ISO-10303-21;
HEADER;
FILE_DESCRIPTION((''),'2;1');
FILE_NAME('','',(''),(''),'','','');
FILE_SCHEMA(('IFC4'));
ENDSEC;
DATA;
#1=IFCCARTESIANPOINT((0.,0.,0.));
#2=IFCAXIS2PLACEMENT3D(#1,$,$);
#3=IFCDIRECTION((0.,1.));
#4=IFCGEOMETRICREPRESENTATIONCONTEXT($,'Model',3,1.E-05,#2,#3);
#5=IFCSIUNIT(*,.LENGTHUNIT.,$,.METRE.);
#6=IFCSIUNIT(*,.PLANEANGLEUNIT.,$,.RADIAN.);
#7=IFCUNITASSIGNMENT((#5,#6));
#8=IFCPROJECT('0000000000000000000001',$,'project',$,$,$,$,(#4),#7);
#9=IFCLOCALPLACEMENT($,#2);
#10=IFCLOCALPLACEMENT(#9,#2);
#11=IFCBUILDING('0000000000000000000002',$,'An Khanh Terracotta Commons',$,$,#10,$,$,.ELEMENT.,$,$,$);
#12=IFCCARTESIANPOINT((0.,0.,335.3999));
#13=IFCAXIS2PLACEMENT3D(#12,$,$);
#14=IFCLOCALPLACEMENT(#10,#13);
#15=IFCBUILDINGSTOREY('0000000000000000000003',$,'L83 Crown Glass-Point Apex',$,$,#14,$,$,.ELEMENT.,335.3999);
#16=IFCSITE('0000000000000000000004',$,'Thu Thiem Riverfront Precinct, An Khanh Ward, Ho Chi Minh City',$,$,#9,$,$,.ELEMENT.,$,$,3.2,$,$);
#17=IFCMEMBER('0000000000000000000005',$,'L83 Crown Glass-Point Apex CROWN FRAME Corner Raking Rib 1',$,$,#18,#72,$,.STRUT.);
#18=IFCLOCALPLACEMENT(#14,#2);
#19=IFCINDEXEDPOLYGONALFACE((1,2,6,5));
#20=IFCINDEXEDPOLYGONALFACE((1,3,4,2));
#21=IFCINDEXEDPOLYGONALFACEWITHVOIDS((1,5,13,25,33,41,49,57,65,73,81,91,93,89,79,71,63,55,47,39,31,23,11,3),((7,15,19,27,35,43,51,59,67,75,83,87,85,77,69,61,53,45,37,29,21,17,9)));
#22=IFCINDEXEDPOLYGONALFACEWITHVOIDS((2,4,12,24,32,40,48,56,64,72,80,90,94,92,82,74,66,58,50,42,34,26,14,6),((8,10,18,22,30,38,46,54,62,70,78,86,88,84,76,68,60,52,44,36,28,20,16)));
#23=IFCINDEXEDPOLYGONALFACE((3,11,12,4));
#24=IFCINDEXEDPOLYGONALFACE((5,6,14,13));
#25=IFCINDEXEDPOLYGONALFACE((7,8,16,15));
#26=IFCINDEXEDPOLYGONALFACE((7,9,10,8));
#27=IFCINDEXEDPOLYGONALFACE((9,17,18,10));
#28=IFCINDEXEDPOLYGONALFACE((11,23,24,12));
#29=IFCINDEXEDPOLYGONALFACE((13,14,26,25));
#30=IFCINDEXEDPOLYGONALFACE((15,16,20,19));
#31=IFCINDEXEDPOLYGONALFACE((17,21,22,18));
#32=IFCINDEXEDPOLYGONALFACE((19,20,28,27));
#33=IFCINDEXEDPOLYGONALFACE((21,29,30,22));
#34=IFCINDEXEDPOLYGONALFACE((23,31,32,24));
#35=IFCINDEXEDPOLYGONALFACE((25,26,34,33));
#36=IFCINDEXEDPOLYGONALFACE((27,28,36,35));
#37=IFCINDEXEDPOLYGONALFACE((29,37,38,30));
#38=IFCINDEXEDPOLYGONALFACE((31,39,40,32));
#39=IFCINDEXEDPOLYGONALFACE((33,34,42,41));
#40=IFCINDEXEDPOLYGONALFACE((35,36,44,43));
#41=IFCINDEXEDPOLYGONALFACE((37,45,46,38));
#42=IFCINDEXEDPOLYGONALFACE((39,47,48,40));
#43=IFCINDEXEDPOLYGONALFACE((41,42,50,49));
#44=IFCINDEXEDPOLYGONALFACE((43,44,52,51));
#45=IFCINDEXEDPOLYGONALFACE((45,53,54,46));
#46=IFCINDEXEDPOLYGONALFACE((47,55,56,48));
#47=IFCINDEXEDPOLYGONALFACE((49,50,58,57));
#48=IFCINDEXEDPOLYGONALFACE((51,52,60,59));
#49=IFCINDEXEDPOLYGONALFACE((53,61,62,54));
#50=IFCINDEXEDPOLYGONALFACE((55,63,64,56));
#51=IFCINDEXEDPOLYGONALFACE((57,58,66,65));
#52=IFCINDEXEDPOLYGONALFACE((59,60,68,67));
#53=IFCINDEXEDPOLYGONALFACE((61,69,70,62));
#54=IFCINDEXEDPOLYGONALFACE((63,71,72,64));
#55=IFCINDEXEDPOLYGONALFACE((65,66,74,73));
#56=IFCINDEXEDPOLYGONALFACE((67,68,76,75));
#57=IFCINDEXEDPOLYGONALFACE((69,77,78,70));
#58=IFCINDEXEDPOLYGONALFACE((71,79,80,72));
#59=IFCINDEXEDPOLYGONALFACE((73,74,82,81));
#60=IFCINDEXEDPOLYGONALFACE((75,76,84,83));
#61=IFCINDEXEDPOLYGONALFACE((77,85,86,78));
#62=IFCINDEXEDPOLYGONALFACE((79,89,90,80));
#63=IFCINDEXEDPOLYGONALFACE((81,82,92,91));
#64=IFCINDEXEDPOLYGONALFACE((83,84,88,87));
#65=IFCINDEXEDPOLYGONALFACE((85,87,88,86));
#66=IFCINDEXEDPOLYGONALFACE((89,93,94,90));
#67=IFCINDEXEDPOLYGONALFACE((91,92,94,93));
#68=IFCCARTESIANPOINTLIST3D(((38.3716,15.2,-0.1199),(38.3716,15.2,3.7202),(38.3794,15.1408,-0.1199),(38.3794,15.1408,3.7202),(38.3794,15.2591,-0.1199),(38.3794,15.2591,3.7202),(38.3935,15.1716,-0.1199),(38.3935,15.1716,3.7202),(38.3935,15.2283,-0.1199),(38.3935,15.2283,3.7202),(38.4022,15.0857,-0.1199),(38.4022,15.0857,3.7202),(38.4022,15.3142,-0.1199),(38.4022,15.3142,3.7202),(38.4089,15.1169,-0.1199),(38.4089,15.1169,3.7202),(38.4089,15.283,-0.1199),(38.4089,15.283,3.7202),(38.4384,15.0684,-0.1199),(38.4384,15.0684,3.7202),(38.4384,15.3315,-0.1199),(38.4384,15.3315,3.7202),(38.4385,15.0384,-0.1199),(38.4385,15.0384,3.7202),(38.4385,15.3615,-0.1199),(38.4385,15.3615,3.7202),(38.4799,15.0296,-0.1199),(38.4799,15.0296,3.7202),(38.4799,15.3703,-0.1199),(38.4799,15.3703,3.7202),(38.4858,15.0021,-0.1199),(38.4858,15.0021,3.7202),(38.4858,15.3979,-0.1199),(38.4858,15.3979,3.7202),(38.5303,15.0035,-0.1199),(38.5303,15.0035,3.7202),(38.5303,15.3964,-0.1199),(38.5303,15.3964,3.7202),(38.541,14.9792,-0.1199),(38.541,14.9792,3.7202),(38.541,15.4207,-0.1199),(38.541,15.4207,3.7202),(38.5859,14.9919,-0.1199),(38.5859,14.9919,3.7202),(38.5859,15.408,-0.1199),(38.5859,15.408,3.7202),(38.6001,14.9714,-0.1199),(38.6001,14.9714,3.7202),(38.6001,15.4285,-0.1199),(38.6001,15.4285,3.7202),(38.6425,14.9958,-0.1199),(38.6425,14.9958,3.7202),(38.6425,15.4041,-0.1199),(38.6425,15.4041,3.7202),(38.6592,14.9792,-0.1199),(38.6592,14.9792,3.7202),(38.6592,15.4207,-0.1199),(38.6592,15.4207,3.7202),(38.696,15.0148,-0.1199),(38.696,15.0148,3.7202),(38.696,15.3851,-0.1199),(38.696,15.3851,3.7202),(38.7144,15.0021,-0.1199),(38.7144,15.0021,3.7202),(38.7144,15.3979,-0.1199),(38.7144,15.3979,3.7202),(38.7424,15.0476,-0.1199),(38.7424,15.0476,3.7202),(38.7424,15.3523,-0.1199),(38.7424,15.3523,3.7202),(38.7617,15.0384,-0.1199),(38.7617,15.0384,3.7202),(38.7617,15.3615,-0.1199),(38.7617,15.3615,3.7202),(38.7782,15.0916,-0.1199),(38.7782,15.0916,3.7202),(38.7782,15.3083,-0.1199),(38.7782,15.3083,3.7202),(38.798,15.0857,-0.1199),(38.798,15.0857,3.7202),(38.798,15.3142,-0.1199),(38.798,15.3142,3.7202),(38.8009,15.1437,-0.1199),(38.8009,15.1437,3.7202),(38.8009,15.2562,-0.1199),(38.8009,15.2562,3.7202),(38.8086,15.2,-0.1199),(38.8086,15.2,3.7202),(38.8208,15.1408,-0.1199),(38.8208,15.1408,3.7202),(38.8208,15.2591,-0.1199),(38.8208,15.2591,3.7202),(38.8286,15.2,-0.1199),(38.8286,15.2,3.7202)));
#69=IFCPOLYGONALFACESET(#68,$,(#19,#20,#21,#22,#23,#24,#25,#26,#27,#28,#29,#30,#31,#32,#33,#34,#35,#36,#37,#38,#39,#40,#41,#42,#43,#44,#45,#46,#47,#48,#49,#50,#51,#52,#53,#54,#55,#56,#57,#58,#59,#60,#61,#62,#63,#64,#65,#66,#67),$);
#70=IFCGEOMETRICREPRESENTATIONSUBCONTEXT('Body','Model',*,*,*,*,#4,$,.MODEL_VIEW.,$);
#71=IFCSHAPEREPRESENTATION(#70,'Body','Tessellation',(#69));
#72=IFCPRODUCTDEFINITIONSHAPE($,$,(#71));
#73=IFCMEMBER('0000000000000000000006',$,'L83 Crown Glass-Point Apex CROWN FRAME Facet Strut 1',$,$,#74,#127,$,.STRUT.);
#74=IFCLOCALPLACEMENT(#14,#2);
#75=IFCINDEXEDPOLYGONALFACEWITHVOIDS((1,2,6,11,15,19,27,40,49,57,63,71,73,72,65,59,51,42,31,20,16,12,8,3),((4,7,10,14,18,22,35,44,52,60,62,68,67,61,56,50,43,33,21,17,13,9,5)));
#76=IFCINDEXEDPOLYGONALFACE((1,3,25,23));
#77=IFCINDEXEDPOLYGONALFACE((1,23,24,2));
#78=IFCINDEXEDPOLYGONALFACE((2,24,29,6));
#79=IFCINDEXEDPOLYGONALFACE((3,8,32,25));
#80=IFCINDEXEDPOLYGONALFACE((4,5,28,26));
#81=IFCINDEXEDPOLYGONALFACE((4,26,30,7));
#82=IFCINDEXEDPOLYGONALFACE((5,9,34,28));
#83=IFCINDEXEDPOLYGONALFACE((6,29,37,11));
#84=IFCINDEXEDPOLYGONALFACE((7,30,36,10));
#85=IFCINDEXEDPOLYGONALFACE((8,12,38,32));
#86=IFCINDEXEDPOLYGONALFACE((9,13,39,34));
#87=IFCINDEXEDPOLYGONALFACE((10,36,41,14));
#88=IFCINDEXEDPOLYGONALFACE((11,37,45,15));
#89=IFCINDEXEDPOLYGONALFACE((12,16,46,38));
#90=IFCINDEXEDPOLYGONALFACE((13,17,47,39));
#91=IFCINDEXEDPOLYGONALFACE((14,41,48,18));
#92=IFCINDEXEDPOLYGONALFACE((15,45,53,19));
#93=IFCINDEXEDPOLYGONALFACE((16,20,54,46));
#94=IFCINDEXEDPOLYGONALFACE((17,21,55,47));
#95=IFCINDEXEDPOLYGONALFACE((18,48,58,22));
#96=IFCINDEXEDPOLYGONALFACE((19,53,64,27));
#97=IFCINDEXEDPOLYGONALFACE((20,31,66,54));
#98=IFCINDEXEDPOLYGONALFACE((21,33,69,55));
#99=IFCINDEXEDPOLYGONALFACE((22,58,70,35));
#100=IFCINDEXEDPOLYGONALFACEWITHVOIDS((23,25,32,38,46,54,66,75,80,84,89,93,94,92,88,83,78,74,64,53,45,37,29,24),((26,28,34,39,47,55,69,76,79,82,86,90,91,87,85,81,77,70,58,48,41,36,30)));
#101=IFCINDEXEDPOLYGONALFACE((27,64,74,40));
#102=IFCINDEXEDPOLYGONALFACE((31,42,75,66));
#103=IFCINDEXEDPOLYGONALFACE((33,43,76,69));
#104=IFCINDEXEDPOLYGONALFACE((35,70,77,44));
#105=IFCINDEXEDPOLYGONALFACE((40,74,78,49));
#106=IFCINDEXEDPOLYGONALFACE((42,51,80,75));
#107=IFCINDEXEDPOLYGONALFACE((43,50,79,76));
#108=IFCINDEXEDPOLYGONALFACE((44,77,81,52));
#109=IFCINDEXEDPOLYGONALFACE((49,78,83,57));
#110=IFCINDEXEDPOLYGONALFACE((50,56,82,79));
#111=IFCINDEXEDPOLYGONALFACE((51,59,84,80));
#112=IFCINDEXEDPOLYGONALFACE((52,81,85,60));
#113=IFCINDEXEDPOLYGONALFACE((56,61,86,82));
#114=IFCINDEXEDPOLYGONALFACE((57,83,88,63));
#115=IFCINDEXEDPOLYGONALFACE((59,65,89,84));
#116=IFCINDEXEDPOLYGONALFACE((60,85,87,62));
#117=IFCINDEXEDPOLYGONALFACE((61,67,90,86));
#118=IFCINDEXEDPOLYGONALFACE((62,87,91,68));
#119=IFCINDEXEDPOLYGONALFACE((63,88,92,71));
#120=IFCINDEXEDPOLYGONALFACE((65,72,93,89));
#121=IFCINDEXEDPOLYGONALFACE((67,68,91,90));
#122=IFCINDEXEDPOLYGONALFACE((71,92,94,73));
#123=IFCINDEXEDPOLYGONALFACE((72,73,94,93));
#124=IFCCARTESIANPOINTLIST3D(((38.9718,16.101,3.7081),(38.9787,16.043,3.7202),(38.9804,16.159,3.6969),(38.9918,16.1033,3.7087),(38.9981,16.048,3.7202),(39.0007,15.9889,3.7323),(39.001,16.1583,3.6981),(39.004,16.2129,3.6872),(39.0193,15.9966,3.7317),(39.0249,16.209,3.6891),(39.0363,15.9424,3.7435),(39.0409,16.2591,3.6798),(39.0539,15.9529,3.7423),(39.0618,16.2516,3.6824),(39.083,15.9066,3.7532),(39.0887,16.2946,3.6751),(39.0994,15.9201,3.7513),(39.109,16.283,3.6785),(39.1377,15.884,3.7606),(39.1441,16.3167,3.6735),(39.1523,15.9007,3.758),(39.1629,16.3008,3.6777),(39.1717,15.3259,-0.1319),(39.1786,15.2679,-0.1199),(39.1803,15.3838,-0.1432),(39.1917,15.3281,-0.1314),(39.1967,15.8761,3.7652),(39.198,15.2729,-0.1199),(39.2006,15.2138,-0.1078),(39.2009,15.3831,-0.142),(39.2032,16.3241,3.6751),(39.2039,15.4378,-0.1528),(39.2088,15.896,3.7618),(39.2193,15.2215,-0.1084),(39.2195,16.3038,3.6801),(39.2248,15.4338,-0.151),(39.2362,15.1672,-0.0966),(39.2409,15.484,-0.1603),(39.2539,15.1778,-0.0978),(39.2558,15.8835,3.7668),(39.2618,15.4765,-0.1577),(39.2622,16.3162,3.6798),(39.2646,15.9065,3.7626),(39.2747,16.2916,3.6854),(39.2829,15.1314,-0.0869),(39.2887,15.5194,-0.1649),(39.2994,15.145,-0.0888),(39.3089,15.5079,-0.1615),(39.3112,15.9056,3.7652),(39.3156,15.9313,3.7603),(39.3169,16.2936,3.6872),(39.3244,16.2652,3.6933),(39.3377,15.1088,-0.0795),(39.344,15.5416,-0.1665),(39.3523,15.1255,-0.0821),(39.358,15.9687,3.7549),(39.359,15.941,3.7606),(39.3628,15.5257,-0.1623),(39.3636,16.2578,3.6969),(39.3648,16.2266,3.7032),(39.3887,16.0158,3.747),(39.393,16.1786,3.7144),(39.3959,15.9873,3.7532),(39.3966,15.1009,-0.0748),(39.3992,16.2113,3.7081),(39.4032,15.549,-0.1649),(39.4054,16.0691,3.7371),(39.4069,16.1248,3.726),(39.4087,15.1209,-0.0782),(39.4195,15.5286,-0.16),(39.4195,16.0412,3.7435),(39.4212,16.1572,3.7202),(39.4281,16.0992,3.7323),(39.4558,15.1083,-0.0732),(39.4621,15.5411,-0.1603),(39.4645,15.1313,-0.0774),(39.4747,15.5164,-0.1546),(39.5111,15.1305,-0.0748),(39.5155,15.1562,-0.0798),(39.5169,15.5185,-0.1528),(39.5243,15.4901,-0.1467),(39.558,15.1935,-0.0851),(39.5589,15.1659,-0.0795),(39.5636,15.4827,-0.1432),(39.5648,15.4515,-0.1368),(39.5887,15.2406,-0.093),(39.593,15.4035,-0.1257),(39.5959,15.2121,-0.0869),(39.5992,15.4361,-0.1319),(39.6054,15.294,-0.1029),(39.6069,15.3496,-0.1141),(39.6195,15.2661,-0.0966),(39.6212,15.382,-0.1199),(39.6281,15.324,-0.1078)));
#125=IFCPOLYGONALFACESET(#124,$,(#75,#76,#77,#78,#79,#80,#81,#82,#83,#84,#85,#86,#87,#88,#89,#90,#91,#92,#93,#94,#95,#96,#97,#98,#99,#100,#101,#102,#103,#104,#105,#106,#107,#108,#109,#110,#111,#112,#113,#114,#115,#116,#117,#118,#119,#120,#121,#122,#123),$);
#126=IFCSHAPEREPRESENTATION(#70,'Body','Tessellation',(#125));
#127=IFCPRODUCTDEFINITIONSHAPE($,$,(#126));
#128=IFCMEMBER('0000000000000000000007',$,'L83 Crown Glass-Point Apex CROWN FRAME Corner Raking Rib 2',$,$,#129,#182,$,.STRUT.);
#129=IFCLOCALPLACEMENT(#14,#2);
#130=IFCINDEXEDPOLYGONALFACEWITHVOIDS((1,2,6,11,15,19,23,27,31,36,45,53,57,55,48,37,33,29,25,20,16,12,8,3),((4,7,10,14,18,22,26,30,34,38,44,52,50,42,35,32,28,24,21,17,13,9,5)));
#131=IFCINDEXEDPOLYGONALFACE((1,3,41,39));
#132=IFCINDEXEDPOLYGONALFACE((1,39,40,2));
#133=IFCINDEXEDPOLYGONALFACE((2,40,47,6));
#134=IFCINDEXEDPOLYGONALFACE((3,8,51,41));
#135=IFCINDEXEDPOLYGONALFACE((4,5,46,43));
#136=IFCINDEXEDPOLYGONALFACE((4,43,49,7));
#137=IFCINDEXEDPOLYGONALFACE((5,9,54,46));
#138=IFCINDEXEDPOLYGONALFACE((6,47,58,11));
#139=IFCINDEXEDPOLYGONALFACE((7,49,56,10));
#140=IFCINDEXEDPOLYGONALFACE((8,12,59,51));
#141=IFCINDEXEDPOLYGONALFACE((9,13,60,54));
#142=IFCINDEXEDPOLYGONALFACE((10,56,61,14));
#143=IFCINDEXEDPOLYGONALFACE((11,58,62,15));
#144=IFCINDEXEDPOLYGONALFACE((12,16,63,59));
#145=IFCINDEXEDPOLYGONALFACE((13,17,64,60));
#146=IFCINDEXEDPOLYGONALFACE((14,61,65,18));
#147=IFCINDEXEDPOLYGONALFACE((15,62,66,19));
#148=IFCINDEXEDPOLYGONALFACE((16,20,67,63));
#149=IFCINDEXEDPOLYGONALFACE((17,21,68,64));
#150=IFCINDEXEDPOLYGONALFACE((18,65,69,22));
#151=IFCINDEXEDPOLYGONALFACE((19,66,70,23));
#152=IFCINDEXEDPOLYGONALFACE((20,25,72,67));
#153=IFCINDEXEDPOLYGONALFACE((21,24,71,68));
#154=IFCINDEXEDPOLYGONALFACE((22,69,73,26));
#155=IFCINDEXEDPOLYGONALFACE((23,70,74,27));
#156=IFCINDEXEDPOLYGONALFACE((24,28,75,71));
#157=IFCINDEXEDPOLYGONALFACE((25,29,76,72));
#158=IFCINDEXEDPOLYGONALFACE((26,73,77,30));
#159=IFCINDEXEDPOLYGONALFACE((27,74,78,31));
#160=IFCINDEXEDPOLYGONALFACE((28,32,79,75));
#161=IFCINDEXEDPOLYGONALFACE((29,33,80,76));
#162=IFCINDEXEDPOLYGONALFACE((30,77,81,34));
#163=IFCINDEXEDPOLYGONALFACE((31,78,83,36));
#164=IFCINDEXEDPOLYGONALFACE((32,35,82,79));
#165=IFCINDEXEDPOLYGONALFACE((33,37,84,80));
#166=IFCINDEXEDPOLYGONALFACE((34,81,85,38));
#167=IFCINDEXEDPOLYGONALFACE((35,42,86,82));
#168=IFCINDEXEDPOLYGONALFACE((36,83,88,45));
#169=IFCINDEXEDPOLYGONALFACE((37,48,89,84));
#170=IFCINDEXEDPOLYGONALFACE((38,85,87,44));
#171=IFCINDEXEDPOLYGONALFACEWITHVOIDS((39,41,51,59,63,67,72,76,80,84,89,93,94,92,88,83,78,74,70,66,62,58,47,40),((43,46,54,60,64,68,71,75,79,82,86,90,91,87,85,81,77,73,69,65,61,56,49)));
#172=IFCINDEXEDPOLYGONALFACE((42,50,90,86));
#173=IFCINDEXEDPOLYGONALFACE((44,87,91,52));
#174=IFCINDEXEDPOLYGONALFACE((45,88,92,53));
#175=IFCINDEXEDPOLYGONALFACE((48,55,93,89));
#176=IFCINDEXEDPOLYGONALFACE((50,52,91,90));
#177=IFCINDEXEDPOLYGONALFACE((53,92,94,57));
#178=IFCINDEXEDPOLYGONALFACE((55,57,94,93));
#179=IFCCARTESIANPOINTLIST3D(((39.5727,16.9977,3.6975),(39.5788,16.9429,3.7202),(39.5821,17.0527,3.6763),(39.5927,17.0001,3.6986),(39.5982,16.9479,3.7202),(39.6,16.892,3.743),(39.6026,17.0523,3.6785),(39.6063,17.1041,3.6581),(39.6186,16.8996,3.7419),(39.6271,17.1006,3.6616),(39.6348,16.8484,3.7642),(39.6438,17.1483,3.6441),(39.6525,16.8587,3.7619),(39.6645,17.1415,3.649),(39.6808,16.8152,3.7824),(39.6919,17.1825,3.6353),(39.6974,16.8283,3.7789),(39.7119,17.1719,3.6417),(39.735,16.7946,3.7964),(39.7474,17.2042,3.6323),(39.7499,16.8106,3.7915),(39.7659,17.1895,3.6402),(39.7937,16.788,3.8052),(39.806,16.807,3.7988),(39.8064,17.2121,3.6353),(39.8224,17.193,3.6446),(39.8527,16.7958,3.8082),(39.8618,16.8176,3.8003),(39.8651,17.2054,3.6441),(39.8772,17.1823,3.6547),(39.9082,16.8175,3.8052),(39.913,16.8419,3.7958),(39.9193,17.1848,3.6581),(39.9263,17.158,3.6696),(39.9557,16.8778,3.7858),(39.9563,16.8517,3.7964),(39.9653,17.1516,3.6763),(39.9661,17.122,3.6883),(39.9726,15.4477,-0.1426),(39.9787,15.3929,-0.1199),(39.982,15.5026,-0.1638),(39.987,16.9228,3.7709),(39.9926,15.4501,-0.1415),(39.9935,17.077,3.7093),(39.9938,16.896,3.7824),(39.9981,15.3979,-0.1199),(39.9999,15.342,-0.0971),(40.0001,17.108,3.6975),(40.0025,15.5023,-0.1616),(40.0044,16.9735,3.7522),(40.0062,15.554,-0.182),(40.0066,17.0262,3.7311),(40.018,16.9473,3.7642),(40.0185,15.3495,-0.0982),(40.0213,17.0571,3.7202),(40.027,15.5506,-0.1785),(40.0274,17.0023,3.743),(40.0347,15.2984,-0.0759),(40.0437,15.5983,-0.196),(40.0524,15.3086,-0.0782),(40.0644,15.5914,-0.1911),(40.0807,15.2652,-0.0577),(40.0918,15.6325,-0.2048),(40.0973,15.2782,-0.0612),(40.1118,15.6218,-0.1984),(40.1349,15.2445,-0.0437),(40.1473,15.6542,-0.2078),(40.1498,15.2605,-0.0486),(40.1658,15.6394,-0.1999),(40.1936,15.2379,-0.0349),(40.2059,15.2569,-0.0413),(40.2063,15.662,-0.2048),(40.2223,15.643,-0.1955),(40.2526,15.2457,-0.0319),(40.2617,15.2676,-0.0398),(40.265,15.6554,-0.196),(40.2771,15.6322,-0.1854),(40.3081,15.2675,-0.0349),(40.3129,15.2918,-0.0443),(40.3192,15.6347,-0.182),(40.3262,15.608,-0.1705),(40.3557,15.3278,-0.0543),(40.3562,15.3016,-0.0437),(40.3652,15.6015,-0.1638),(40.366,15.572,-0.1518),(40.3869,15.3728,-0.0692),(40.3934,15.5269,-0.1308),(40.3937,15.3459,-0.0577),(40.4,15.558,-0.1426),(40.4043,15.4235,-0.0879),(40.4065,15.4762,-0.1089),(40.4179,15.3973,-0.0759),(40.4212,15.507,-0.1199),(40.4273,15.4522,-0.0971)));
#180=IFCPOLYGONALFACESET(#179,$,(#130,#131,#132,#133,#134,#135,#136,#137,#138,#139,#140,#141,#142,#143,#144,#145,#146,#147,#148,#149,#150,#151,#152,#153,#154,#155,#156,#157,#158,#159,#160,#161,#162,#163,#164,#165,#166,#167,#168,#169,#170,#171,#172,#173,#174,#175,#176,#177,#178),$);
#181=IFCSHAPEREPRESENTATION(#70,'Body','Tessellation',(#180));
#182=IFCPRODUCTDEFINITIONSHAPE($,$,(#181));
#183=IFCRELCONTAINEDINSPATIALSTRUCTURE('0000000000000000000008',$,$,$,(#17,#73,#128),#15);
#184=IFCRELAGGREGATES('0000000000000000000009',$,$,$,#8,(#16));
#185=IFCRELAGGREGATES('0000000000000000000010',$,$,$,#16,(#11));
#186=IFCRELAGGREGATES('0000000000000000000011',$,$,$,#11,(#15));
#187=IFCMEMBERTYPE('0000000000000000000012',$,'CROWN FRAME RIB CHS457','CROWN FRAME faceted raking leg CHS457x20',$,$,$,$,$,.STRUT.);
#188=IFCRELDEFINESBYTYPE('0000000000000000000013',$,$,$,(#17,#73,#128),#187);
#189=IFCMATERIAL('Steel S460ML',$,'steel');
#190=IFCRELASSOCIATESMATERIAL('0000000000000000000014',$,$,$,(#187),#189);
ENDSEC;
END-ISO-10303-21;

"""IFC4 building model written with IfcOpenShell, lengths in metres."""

from ifc_helpers import new_model, si_unit, direction, frame, origin, origin_2d, place, context, subcontext, project, spatial, hollow_circle, extrude, material, material_profile, profile_set, type_object, element, save


model = new_model("IFC4")

# Units and contexts
model_context = context("Model", 3, precision=1e-05, world=origin(), true_north=direction((0.0, 1.0)))
body_context = subcontext(model_context, "Body", "Model", "MODEL_VIEW")
ifc_project = project(units=[si_unit("LENGTHUNIT", "METRE"), si_unit("PLANEANGLEUNIT", "RADIAN")], contexts=[model_context])

# Site, building, storey
site_placement = place(None, origin())
site = spatial("IfcSite", under=ifc_project, at=site_placement, Name="Thu Thiem Riverfront Precinct, An Khanh Ward, Ho Chi Minh City", CompositionType="ELEMENT", RefElevation=3.2)
building_placement = place(site_placement, origin())
building = spatial("IfcBuilding", under=site, at=building_placement, Name="An Khanh Terracotta Commons", CompositionType="ELEMENT")
storey_placement = place(building_placement, frame((0.0, 0.0, 335.3999)))
storey = spatial("IfcBuildingStorey", under=building, at=storey_placement, Name="L83 Crown Glass-Point Apex", CompositionType="ELEMENT", Elevation=335.3999)

# Members
ifc_material_1 = material(Name="Steel S460ML", Category="steel")
ifc_material_profile_1 = material_profile(ifc_material_1, hollow_circle(Radius=0.2285, WallThickness=0.02, at=origin_2d()), Name="CHS457x20")
ifc_profile_set_1 = profile_set([ifc_material_profile_1], Name="Steel S460ML")
member_type_1 = type_object("IfcMemberType", Name="CROWN FRAME RIB CHS457", Description="CROWN FRAME faceted raking leg CHS457x20", PredefinedType="STRUT", material=ifc_profile_set_1)
member_1_placement = place(storey_placement, frame((38.6001, 15.2, -0.1199), z_axis=(0.0, 0.0, 1.0), x_axis=(1.0, 0.0, 0.0)))
element("IfcMember", 1, at=member_1_placement, inside=storey, type_object=member_type_1, Name="L83 Crown Glass-Point Apex CROWN FRAME Corner Raking Rib 1", PredefinedType="STRUT", context=body_context, shape_type="SweptSolid", body=[
    extrude(hollow_circle(Radius=0.2285, WallThickness=0.02, at=origin_2d()), origin(), (0.0, 0.0, 1.0), 3.8401),
])
member_2_placement = place(storey_placement, frame((39.3999, 15.325, -0.1199), z_axis=(-0.050974, 0.197608, 0.978955), x_axis=(-0.968304, -0.249777, 0.0)))
element("IfcMember", 2, at=member_2_placement, inside=storey, type_object=member_type_1, Name="L83 Crown Glass-Point Apex CROWN FRAME Facet Strut 1", PredefinedType="STRUT", context=body_context, shape_type="SweptSolid", body=[
    extrude(hollow_circle(Radius=0.2285, WallThickness=0.02, at=origin_2d()), origin(), (0.0, 0.0, 1.0), 3.9226),
])
member_3_placement = place(storey_placement, frame((40.2, 15.45, -0.1199), z_axis=(-0.096121, 0.372573, 0.923011), x_axis=(-0.968294, -0.249813, 0.0)))
element("IfcMember", 3, at=member_3_placement, inside=storey, type_object=member_type_1, Name="L83 Crown Glass-Point Apex CROWN FRAME Corner Raking Rib 2", PredefinedType="STRUT", context=body_context, shape_type="SweptSolid", body=[
    extrude(hollow_circle(Radius=0.2285, WallThickness=0.02, at=origin_2d()), origin(), (0.0, 0.0, 1.0), 4.1604),
])

save(model, "model.ifc")
